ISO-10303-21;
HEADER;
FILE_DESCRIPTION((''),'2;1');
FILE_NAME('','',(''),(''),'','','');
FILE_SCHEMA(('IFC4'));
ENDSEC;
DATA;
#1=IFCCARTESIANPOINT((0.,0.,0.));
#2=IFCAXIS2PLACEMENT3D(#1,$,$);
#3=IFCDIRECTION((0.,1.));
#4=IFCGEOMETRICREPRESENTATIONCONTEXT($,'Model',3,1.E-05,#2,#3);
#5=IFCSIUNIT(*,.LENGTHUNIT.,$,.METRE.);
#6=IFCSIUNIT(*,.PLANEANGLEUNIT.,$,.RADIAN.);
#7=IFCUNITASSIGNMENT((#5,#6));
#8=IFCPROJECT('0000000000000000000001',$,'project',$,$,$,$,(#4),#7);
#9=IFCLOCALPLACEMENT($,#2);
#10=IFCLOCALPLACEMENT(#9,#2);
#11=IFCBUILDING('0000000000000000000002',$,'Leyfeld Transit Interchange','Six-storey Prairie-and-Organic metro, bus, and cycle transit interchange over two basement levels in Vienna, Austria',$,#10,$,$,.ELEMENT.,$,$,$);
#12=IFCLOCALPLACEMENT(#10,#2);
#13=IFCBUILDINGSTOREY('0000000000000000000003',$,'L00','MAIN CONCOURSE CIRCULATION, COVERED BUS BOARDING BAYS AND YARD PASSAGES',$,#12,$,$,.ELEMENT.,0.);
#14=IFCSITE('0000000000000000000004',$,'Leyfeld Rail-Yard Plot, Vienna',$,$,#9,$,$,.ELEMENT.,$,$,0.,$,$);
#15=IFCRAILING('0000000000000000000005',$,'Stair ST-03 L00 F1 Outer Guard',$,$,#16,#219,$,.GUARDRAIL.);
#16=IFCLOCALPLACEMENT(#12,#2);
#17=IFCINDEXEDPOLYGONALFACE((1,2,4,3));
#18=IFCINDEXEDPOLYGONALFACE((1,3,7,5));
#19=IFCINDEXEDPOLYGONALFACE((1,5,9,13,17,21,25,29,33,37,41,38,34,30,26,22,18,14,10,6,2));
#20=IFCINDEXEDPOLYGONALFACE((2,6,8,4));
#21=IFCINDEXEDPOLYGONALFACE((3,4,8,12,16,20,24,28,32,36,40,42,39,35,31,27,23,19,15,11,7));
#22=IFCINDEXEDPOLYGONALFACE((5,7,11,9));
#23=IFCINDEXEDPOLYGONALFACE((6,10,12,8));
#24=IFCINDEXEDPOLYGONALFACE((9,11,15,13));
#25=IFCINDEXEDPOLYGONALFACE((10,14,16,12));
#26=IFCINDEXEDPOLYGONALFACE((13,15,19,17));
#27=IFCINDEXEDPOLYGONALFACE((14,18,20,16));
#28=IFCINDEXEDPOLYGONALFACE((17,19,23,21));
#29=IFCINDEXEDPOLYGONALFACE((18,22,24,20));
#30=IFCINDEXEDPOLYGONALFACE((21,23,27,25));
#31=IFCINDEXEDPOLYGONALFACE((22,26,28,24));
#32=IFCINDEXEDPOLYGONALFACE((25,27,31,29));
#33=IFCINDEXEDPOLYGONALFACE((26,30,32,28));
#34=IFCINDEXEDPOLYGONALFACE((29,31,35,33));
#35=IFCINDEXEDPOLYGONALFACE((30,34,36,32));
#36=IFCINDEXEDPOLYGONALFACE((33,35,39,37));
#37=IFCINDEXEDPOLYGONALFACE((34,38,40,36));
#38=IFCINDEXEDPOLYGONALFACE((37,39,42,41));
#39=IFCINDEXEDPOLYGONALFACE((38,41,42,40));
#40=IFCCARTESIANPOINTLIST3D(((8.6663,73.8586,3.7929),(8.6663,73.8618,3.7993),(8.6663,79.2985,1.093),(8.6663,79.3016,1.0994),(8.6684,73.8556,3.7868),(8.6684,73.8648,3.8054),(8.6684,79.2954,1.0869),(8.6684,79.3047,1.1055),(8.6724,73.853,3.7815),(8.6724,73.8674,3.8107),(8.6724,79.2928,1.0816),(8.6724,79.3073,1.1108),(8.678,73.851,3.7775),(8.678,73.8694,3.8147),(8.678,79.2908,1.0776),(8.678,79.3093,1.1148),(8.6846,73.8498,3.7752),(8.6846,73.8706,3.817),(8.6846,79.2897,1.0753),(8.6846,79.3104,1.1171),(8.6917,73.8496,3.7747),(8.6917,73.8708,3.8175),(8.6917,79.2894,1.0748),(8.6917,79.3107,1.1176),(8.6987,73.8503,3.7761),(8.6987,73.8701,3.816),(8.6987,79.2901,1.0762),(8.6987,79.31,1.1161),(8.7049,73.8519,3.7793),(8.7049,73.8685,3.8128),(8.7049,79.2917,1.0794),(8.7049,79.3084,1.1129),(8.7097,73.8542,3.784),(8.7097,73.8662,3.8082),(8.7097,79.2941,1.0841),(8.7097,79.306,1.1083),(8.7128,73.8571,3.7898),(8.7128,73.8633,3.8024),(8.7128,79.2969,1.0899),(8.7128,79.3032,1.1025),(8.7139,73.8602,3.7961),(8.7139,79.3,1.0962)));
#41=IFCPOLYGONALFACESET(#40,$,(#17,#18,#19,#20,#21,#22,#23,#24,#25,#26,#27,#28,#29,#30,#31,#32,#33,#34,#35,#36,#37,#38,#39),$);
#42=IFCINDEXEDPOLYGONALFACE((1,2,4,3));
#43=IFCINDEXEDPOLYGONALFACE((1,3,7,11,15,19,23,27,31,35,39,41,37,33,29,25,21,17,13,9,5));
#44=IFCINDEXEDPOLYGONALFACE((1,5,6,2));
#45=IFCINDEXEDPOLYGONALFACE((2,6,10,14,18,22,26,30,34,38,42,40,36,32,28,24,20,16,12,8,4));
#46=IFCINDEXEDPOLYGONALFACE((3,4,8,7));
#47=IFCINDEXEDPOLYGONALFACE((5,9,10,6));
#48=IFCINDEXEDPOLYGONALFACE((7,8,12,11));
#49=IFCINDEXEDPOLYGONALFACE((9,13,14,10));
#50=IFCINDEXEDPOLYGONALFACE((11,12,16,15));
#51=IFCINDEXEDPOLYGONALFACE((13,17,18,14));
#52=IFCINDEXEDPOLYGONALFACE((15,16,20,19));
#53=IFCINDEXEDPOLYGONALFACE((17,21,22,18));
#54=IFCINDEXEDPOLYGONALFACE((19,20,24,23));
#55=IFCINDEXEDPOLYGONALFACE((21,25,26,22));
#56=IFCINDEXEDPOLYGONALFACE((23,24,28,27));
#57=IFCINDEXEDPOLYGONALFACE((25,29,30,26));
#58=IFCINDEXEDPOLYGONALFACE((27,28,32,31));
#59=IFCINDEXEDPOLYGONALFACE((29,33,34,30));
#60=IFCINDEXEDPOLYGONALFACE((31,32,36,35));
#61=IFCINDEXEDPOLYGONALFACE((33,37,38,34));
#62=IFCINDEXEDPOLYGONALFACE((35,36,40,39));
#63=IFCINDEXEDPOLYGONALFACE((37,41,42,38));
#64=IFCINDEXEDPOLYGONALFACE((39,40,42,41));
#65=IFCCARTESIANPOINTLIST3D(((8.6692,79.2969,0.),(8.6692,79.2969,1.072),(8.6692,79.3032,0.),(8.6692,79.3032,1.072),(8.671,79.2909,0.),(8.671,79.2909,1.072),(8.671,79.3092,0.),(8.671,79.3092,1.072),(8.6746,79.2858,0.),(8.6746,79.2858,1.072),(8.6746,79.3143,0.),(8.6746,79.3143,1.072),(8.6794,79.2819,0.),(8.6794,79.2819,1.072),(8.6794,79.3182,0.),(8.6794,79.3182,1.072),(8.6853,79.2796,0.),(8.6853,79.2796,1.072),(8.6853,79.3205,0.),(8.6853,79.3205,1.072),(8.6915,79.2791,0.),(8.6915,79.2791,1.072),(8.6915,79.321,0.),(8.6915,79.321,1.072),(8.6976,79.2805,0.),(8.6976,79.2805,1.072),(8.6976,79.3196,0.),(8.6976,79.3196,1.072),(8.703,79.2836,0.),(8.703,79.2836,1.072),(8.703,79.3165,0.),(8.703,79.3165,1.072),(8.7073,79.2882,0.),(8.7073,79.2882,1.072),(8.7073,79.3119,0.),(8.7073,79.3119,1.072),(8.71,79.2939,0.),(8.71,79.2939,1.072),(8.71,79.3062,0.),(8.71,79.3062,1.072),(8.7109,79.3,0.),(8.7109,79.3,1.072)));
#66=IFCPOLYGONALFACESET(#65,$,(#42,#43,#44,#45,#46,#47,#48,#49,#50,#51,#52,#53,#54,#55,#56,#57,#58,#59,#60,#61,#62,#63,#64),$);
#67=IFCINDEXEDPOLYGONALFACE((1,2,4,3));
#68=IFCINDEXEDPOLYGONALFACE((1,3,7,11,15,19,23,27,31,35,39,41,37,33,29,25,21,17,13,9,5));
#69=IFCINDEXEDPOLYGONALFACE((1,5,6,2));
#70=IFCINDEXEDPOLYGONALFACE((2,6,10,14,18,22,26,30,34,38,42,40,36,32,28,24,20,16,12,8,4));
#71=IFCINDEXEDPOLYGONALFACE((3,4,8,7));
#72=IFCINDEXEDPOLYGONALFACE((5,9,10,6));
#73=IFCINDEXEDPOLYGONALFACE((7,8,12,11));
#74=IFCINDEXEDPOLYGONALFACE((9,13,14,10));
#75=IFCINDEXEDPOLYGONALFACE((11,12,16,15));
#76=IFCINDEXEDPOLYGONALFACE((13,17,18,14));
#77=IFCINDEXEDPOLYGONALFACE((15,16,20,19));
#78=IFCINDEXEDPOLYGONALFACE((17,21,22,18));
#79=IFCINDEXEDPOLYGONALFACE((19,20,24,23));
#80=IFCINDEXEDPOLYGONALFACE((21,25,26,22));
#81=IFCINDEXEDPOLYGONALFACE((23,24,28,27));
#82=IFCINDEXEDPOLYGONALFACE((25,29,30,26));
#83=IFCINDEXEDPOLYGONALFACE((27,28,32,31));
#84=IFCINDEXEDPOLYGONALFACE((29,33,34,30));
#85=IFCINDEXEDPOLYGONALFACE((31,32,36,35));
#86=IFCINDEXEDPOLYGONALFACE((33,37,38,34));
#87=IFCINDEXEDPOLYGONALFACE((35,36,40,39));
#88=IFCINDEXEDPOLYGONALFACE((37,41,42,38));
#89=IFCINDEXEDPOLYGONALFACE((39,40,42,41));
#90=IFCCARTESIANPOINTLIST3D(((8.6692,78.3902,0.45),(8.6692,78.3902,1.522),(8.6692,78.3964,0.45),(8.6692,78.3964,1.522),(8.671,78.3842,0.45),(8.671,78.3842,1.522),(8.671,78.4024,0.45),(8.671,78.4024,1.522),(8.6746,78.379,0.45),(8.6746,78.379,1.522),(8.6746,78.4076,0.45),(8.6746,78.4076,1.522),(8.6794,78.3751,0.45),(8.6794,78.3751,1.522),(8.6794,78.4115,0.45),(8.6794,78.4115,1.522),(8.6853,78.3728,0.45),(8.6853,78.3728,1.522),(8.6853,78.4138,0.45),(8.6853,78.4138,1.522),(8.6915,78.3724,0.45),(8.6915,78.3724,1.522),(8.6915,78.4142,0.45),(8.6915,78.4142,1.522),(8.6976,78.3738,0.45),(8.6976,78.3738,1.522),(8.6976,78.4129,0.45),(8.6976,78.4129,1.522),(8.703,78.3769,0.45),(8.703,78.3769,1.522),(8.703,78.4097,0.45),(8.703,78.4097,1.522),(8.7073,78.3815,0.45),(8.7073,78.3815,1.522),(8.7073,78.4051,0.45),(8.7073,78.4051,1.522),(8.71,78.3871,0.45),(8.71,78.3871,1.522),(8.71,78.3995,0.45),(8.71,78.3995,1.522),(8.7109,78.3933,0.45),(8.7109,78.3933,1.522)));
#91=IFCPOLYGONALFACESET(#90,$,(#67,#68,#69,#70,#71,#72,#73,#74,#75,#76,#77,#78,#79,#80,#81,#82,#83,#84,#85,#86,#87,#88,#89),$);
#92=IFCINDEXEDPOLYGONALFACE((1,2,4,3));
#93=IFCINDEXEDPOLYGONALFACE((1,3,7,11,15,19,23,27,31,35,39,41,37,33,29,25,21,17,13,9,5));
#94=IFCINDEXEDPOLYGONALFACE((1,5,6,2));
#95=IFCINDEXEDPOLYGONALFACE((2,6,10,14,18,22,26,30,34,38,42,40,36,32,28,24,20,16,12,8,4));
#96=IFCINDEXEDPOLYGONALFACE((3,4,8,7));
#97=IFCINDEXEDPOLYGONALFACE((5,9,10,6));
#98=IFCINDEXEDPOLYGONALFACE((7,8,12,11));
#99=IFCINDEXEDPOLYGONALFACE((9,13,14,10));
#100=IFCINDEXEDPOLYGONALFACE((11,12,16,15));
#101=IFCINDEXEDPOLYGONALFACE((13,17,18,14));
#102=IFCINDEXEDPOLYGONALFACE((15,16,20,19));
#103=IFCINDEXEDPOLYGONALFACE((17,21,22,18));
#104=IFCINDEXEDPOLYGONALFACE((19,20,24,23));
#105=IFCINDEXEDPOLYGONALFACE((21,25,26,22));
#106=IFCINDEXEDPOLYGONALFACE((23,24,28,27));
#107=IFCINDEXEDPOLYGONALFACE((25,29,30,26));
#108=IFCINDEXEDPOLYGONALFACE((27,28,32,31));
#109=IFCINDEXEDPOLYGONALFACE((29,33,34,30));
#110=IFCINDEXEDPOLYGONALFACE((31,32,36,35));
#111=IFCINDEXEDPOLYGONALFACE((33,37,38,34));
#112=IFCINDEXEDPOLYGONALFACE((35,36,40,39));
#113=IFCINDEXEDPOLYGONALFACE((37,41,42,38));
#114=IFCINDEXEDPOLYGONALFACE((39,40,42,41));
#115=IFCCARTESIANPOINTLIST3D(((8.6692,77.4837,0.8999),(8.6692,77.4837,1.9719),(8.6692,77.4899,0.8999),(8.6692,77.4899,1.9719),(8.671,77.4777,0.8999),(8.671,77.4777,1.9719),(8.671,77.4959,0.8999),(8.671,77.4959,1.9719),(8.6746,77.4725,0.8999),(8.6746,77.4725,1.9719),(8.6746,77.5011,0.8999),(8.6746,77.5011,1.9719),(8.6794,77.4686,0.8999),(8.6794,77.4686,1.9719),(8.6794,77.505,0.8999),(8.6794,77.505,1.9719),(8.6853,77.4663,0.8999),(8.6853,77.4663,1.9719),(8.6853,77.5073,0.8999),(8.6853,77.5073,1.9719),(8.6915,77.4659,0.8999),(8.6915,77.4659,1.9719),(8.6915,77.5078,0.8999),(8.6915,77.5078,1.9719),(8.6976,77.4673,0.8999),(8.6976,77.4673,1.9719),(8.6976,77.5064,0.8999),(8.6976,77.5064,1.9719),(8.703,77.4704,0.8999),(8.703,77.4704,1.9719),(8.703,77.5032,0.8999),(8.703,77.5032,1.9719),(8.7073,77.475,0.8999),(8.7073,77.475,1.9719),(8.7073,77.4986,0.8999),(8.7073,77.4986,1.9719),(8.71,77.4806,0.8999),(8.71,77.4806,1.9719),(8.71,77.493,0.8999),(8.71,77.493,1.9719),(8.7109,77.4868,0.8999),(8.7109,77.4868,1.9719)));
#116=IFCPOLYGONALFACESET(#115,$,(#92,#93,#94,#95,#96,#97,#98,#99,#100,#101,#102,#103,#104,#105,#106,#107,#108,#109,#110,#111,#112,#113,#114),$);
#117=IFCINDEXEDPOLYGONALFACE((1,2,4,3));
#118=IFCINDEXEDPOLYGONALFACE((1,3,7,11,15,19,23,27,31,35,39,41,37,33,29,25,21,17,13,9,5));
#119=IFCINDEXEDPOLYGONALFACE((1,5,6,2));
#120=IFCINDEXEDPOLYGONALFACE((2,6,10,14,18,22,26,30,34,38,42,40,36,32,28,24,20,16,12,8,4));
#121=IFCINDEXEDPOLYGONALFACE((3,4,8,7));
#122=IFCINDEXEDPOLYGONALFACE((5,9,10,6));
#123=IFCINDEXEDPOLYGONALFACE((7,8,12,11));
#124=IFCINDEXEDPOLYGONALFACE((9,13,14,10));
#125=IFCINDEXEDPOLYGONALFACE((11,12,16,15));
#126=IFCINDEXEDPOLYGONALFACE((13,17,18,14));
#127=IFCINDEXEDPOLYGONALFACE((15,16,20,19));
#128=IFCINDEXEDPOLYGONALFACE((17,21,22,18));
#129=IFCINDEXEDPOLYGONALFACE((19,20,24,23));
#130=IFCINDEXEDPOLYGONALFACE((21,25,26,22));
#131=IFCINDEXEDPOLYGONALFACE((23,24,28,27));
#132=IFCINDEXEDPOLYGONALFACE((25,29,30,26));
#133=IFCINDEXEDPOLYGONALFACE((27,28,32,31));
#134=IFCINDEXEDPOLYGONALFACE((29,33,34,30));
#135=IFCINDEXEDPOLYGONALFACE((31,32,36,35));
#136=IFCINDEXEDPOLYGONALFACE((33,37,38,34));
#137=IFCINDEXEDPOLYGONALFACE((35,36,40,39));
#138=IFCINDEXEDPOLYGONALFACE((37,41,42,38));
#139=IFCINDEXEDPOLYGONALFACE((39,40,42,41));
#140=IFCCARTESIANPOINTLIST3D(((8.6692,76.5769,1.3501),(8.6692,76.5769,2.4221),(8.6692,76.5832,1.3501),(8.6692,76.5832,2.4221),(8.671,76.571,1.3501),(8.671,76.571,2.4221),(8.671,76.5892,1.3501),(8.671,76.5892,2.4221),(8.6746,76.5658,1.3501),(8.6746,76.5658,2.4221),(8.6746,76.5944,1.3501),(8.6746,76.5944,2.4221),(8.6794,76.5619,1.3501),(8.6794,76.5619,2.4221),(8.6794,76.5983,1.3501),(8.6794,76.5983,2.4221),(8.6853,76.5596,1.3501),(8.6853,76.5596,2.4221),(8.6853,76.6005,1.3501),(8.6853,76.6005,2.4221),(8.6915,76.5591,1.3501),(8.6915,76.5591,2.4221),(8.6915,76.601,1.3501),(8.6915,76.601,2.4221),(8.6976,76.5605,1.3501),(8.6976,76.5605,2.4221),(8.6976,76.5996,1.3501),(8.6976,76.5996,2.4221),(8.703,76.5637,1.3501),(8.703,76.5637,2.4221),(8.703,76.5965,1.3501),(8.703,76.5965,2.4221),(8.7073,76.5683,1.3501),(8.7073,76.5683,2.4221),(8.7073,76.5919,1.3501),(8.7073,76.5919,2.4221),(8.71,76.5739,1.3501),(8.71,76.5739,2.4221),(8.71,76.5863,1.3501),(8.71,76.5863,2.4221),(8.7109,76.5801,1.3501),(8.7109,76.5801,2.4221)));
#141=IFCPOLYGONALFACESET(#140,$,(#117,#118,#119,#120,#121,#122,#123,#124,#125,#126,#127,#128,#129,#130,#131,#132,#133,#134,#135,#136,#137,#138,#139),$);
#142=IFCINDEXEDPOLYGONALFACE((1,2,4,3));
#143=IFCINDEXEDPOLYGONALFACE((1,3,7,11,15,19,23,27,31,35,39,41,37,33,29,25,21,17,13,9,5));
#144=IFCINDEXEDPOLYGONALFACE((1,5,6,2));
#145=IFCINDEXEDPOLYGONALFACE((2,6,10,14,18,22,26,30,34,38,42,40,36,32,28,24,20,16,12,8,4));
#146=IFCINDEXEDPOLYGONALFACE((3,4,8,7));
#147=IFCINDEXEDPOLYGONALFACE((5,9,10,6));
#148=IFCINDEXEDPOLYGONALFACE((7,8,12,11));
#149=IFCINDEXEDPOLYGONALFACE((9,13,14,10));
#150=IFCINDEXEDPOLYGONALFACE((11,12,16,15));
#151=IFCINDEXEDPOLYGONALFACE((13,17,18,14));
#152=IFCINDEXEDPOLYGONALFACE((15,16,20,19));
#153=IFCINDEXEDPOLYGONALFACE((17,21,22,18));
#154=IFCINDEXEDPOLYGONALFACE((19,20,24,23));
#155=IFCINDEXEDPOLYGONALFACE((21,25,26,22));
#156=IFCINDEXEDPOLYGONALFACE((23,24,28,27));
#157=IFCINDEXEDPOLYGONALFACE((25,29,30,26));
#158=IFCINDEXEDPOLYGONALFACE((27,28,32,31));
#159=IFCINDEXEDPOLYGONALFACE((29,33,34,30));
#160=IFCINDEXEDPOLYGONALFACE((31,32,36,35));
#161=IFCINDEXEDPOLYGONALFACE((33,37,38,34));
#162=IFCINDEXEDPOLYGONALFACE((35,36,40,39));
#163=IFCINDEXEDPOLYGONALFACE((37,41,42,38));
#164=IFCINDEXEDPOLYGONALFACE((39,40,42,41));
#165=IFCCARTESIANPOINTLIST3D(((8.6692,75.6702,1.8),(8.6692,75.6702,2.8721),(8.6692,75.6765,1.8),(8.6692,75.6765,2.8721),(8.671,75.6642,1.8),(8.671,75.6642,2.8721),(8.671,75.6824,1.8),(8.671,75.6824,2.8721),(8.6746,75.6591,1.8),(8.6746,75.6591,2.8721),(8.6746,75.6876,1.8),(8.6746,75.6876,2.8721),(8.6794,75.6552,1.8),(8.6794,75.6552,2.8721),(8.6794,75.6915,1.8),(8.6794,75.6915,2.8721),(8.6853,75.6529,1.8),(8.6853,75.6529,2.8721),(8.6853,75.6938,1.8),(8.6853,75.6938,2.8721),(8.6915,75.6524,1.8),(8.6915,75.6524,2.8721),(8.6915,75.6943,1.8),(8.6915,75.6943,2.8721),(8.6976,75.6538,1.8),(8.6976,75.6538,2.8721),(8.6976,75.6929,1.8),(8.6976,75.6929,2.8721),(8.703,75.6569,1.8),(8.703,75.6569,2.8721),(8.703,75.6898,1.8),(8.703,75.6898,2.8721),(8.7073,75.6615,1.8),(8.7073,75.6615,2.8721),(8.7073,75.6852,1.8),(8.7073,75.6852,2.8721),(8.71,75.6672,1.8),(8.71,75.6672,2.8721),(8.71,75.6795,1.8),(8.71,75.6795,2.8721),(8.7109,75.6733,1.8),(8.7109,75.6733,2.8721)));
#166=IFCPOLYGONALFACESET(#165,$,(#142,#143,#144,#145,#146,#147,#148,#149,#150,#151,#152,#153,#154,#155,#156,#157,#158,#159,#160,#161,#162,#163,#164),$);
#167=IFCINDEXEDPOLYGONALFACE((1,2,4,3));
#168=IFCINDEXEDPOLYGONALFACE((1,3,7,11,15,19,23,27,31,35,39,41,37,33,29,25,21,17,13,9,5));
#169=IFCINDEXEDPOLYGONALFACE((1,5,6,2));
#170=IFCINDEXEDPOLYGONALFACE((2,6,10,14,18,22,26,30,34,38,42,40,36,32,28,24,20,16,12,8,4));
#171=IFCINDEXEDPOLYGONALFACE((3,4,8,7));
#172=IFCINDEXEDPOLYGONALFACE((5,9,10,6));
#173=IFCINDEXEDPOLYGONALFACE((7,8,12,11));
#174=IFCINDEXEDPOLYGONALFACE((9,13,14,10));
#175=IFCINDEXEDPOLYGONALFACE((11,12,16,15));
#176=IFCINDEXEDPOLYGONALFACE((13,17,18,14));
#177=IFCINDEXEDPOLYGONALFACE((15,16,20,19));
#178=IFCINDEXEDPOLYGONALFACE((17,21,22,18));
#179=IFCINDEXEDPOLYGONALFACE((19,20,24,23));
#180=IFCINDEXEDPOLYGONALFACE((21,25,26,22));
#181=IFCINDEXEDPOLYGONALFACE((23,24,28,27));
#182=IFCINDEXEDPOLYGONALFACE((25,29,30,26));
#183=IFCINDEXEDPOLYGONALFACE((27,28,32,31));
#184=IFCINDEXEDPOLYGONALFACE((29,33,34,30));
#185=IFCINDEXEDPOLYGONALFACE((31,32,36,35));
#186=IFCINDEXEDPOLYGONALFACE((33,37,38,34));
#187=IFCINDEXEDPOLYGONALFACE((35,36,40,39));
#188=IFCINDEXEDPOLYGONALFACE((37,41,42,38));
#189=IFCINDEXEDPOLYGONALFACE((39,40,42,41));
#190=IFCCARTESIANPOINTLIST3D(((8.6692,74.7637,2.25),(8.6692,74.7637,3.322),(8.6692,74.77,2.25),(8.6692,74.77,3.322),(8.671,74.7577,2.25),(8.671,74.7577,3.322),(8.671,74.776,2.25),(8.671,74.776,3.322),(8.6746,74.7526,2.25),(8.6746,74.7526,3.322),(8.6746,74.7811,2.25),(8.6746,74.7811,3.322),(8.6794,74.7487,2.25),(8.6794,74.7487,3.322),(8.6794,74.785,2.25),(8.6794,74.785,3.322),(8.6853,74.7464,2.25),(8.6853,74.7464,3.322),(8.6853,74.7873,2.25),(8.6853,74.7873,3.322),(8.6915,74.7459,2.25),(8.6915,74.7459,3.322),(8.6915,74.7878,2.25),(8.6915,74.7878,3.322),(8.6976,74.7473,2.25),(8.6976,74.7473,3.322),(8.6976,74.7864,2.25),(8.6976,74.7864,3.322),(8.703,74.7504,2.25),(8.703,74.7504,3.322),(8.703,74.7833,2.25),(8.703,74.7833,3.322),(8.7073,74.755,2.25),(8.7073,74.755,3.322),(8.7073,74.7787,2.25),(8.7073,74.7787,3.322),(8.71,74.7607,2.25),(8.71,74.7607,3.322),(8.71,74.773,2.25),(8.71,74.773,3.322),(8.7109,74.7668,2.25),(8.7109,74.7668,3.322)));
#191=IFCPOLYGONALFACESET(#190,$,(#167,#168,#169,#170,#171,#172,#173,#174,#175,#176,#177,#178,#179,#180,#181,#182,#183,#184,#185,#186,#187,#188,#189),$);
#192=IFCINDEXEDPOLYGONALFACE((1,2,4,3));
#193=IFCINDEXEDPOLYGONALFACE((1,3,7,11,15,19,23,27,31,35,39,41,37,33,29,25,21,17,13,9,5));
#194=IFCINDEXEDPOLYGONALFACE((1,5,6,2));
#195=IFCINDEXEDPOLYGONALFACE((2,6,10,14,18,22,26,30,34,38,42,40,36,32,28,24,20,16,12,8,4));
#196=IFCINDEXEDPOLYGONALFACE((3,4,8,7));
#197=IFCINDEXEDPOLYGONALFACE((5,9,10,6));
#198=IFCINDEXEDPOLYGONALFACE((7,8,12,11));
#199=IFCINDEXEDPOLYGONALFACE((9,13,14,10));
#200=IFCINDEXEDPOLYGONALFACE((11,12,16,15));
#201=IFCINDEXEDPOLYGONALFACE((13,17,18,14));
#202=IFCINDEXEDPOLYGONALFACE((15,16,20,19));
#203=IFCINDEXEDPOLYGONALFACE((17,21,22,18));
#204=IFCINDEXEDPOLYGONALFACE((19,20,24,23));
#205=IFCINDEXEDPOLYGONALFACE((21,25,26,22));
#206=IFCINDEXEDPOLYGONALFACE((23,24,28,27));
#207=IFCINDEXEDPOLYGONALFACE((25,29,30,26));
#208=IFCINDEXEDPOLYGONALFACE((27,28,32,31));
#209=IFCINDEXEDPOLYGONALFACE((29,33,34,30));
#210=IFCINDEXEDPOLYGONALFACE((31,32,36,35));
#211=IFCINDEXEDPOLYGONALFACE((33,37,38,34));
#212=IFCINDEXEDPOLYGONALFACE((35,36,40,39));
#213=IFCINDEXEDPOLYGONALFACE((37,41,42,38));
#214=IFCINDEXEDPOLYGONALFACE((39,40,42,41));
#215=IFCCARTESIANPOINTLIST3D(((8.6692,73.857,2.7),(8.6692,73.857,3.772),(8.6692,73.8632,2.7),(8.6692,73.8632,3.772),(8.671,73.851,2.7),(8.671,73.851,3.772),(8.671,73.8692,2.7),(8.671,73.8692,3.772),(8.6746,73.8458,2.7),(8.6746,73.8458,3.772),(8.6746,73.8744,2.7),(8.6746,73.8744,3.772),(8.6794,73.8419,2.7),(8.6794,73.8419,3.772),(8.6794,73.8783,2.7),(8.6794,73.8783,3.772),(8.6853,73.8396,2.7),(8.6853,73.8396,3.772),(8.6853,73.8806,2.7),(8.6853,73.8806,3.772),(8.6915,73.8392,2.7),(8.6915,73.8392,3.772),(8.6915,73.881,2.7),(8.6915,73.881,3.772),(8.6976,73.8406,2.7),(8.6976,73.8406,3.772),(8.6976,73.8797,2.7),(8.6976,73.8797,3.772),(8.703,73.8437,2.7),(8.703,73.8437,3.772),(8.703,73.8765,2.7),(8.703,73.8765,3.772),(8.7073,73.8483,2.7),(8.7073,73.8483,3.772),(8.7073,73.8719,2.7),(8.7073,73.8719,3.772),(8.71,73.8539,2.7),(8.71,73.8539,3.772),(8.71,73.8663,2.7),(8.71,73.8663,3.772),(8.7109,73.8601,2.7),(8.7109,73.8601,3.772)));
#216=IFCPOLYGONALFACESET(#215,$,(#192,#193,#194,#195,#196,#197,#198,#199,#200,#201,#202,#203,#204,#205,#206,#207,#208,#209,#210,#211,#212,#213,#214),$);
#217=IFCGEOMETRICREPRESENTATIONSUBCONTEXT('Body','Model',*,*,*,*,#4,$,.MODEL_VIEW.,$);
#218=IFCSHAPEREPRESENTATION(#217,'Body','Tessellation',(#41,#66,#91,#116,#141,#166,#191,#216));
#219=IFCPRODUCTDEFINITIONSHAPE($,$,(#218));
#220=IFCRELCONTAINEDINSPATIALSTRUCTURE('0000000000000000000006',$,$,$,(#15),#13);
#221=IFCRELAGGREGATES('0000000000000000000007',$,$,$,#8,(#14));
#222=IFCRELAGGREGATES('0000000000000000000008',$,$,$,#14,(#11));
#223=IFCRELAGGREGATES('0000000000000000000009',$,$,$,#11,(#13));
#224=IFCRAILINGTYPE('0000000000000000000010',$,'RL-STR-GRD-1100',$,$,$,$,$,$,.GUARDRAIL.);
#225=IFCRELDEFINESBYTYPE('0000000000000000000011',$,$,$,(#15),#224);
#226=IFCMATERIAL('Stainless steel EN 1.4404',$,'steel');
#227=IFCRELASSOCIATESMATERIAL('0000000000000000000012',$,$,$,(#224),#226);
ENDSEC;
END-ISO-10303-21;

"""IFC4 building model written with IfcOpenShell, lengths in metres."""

from ifc_helpers import new_model, si_unit, direction, frame, origin, origin_2d, place, context, subcontext, project, spatial, circle, extrude, material, type_object, element, save


model = new_model("IFC4")

# Units and contexts
model_context = context("Model", 3, precision=1e-05, world=origin(), true_north=direction((0.0, 1.0)))
body_context = subcontext(model_context, "Body", "Model", "MODEL_VIEW")
ifc_project = project(units=[si_unit("LENGTHUNIT", "METRE"), si_unit("PLANEANGLEUNIT", "RADIAN")], contexts=[model_context])

# Site, building, storey
site_placement = place(None, origin())
site = spatial("IfcSite", under=ifc_project, at=site_placement, Name="Leyfeld Rail-Yard Plot, Vienna", CompositionType="ELEMENT", RefElevation=0.0)
building_placement = place(site_placement, origin())
building = spatial("IfcBuilding", under=site, at=building_placement, Name="Leyfeld Transit Interchange", Description="Six-storey Prairie-and-Organic metro, bus, and cycle transit interchange over two basement levels in Vienna, Austria", CompositionType="ELEMENT")
storey_placement = place(building_placement, origin())
storey = spatial("IfcBuildingStorey", under=building, at=storey_placement, Name="L00", Description="MAIN CONCOURSE CIRCULATION, COVERED BUS BOARDING BAYS AND YARD PASSAGES", CompositionType="ELEMENT", Elevation=0.0)

# Railing
ifc_material_1 = material(Name="Stainless steel EN 1.4404", Category="steel")
railing_type_1 = type_object("IfcRailingType", Name="RL-STR-GRD-1100", PredefinedType="GUARDRAIL", material=ifc_material_1)
for number, where, name in (
    (1, (8.6899, 79.3, 0.0), "Stair ST-03 L00 F1 Outer Guard"),
):
    element("IfcRailing", number, at=place(storey_placement, frame(where)), inside=storey, type_object=railing_type_1, Name=name, PredefinedType="GUARDRAIL", context=body_context, shape_type="SweptSolid", body=[
        extrude(circle(Radius=0.0239, at=origin_2d()), frame((0.0, 0.0, 1.0962), z_axis=(0.0, -0.895742, 0.444575), x_axis=(1.0, 0.0, 0.0)), (0.0, 0.0, 1.0), 6.073),
        extrude(circle(Radius=0.021, at=origin_2d()), origin(), (0.0, 0.0, 1.0), 1.072),
        extrude(circle(Radius=0.021, at=origin_2d()), frame((0.0, -0.9067, 0.45)), (0.0, 0.0, 1.0), 1.072),
        extrude(circle(Radius=0.021, at=origin_2d()), frame((0.0, -1.8132, 0.8999)), (0.0, 0.0, 1.0), 1.072),
        extrude(circle(Radius=0.021, at=origin_2d()), frame((0.0, -2.72, 1.3501)), (0.0, 0.0, 1.0), 1.072),
        extrude(circle(Radius=0.021, at=origin_2d()), frame((0.0, -3.6267, 1.8)), (0.0, 0.0, 1.0), 1.072),
        extrude(circle(Radius=0.021, at=origin_2d()), frame((0.0, -4.5332, 2.25)), (0.0, 0.0, 1.0), 1.072),
        extrude(circle(Radius=0.021, at=origin_2d()), frame((0.0, -5.4399, 2.7)), (0.0, 0.0, 1.0), 1.072),
    ])

save(model, "model.ifc")
